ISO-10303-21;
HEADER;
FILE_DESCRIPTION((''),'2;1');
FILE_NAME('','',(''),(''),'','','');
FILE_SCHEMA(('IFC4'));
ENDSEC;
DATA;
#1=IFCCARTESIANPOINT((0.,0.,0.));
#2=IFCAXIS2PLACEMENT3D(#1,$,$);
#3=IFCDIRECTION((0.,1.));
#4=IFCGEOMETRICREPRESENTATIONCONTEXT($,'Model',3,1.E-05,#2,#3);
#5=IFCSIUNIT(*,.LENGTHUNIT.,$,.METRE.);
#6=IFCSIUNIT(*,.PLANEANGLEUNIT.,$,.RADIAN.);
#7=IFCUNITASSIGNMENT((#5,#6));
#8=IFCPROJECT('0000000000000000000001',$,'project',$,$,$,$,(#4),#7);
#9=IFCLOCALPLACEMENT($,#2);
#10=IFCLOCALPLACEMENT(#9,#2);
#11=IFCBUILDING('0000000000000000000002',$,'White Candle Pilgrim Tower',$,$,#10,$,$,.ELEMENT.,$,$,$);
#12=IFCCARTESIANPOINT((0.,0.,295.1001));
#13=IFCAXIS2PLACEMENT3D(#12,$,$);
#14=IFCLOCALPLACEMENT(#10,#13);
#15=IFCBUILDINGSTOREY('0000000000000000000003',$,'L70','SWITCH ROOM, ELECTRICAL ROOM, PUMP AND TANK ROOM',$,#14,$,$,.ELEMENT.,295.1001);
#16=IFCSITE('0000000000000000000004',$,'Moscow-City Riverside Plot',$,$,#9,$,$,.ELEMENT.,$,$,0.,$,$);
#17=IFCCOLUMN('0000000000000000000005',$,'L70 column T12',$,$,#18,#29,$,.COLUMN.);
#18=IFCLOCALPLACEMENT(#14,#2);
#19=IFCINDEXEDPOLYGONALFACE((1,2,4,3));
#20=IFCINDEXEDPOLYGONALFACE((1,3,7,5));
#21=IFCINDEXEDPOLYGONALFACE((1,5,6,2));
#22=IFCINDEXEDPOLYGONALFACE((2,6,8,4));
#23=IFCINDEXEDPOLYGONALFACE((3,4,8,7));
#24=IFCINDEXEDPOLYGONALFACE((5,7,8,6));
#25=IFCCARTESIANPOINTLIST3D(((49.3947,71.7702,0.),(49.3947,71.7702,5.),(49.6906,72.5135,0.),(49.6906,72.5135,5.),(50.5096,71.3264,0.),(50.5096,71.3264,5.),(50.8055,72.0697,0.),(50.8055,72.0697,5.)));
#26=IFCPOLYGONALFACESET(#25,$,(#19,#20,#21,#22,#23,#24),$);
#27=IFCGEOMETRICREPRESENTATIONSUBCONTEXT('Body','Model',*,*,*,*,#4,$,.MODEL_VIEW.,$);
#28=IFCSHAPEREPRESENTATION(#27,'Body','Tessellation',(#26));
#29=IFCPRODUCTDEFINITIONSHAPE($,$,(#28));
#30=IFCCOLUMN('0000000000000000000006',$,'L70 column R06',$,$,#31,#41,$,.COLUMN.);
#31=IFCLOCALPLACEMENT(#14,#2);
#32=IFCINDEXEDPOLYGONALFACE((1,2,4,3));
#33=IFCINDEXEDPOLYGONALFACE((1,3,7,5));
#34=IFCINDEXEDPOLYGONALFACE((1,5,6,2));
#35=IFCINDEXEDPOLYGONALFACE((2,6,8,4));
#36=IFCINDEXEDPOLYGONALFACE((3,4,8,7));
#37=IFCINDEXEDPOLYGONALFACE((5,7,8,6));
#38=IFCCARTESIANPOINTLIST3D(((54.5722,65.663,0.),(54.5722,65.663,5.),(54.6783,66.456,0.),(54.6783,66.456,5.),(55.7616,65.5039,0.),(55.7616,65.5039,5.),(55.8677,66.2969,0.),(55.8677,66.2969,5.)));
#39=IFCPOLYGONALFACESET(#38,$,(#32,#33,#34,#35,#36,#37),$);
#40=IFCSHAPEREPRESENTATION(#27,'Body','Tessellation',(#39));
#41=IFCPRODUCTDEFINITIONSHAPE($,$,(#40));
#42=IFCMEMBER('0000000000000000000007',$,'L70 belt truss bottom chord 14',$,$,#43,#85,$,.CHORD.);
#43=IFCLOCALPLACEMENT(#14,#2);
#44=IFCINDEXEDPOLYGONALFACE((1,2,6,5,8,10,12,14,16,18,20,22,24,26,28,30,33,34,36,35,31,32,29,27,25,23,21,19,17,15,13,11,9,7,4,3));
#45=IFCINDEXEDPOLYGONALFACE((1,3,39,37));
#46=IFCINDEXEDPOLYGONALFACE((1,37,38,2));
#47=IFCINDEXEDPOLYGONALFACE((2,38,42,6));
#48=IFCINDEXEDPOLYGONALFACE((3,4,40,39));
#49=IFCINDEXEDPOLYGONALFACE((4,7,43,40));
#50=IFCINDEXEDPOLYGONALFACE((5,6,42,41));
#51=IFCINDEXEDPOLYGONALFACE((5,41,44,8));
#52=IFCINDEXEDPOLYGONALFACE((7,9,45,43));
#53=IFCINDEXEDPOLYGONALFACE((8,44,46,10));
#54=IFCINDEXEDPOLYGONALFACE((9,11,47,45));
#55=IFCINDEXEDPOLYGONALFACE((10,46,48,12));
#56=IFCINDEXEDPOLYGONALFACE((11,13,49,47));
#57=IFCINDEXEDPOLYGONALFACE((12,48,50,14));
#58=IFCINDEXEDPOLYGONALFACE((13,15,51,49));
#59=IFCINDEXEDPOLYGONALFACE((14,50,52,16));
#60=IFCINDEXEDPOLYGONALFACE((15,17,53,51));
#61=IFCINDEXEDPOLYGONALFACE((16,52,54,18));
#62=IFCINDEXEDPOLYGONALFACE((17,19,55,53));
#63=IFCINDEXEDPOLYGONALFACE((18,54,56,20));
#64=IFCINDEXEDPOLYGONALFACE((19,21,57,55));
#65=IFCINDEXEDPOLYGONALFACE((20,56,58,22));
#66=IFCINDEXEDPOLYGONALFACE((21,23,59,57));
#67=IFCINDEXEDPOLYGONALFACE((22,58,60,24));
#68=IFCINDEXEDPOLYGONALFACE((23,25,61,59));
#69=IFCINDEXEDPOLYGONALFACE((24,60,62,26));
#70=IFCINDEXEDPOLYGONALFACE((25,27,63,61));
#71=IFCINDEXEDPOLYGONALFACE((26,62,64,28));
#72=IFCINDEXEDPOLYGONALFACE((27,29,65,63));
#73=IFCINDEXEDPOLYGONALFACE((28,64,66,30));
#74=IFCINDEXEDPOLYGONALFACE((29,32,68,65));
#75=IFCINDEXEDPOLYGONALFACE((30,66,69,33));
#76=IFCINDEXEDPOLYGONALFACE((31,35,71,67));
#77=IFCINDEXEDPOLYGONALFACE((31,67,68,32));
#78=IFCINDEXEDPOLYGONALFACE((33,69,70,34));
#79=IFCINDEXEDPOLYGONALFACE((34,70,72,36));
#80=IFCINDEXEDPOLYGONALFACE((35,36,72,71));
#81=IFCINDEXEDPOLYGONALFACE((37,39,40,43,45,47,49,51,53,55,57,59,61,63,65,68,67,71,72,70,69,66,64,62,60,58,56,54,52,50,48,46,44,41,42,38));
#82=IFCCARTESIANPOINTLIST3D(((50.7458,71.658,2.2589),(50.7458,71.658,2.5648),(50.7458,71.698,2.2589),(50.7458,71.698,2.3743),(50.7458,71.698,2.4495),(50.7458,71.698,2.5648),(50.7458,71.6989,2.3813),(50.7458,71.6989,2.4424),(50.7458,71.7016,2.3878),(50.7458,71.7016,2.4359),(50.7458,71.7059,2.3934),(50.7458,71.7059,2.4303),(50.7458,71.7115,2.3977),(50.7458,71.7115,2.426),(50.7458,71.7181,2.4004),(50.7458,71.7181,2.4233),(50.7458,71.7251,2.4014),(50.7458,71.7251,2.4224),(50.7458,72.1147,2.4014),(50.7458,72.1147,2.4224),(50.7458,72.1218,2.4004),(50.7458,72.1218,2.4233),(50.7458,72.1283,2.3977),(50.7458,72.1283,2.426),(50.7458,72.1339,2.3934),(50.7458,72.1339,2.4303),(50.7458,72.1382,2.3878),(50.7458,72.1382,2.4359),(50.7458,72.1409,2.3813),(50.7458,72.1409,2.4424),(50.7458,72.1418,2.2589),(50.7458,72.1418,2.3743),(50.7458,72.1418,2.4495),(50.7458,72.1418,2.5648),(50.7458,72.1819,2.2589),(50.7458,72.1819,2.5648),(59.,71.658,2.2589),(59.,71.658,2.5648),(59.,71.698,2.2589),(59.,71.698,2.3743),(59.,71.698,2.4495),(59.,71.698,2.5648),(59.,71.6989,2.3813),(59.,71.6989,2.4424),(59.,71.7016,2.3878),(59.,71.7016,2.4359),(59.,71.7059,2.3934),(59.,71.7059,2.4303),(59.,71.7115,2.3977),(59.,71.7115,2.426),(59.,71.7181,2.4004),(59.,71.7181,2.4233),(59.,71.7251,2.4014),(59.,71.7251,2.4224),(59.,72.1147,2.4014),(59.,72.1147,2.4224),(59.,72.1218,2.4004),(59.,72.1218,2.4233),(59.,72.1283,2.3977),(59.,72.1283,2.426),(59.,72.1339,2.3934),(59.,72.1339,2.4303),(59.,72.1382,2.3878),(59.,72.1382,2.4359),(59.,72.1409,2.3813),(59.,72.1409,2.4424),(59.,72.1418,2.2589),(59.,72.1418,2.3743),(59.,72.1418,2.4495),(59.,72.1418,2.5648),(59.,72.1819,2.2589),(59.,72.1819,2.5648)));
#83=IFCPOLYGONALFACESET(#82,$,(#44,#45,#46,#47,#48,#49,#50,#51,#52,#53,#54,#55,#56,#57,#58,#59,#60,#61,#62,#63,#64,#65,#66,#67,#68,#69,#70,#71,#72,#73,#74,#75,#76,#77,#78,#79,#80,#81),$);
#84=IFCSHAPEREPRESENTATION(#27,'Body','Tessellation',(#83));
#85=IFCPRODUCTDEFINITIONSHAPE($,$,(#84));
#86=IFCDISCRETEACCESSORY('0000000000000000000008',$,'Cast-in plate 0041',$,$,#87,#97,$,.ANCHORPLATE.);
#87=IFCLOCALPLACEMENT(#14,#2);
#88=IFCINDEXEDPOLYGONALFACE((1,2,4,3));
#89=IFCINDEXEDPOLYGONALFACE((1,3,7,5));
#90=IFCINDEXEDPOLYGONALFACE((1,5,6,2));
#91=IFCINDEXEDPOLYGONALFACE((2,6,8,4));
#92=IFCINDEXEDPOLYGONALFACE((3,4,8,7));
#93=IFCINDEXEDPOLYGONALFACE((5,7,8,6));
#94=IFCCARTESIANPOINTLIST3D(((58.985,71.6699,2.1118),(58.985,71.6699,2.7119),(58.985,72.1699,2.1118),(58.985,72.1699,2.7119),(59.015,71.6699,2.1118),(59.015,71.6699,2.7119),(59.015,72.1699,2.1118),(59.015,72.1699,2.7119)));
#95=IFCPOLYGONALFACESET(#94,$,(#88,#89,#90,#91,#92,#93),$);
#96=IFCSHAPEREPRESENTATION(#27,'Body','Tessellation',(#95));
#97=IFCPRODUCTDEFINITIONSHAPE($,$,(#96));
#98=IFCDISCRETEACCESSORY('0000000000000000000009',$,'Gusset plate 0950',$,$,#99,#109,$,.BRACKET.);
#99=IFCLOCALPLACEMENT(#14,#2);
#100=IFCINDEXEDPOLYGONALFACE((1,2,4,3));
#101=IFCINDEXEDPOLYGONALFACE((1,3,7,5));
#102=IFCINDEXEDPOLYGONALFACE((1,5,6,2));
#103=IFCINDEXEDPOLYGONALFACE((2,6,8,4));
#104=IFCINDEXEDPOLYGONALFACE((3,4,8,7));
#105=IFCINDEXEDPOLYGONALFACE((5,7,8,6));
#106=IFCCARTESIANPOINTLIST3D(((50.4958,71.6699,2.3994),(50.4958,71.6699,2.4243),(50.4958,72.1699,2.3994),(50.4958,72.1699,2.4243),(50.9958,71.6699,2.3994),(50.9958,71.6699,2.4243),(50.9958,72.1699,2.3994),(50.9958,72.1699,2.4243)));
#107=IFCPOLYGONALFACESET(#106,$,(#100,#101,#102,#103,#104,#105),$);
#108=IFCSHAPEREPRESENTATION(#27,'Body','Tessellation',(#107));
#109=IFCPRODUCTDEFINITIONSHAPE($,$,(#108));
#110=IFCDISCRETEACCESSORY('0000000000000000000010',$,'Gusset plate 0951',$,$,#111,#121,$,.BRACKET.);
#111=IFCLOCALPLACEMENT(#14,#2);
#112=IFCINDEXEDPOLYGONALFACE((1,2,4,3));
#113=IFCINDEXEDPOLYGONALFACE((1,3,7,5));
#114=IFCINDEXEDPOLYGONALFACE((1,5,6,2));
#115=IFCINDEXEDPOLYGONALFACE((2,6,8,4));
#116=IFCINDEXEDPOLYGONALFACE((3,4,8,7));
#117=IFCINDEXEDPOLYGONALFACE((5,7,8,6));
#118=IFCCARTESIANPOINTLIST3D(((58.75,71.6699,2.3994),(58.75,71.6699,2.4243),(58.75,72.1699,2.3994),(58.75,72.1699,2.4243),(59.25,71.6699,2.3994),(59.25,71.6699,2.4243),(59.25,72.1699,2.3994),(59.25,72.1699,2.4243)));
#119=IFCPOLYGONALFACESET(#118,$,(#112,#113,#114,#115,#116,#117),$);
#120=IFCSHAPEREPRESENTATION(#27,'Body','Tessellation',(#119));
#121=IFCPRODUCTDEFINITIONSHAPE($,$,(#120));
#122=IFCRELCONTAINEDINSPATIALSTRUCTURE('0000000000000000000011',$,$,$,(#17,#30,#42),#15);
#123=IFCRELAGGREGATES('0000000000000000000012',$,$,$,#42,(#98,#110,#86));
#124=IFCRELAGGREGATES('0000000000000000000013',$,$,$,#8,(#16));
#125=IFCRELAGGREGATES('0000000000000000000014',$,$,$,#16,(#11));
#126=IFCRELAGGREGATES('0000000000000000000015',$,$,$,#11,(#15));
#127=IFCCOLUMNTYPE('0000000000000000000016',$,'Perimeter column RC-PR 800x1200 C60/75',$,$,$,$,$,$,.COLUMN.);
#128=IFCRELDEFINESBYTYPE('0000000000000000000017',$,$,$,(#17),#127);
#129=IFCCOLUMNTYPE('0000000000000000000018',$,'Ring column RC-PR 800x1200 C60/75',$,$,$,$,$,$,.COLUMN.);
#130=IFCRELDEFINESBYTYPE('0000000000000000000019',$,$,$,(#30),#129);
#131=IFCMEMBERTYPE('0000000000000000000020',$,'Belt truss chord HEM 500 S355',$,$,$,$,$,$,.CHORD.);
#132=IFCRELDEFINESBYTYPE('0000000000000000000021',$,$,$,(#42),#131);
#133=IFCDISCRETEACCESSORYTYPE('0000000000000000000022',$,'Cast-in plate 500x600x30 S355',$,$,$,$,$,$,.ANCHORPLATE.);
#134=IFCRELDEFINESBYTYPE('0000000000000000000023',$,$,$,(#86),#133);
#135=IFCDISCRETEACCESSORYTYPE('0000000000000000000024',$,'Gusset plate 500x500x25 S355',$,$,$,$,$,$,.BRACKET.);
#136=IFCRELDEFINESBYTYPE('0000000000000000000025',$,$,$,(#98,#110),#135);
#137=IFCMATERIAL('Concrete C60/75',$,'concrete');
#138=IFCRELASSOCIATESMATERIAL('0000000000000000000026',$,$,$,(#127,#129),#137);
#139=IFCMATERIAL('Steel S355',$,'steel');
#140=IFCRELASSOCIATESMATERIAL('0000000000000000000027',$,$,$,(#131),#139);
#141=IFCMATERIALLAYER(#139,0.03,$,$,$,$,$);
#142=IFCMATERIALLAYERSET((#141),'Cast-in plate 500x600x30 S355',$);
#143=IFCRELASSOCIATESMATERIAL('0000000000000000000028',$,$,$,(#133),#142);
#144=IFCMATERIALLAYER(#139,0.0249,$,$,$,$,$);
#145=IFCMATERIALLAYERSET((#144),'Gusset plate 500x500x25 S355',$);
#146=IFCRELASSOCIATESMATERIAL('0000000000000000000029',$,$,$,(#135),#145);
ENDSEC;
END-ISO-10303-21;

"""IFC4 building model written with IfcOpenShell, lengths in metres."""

from ifc_helpers import new_model, si_unit, direction, frame, origin, origin_2d, place, context, subcontext, project, spatial, rectangle, i_section, extrude, material, layer, layer_set, material_profile, profile_set, type_object, element, aggregate, save


model = new_model("IFC4")

# Units and contexts
model_context = context("Model", 3, precision=1e-05, world=origin(), true_north=direction((0.0, 1.0)))
body_context = subcontext(model_context, "Body", "Model", "MODEL_VIEW")
ifc_project = project(units=[si_unit("LENGTHUNIT", "METRE"), si_unit("PLANEANGLEUNIT", "RADIAN")], contexts=[model_context])

# Site, building, storey
site_placement = place(None, origin())
site = spatial("IfcSite", under=ifc_project, at=site_placement, Name="Moscow-City Riverside Plot", CompositionType="ELEMENT", RefElevation=0.0)
building_placement = place(site_placement, origin())
building = spatial("IfcBuilding", under=site, at=building_placement, Name="White Candle Pilgrim Tower", CompositionType="ELEMENT")
storey_placement = place(building_placement, frame((0.0, 0.0, 295.1001)))
storey = spatial("IfcBuildingStorey", under=building, at=storey_placement, Name="L70", Description="SWITCH ROOM, ELECTRICAL ROOM, PUMP AND TANK ROOM", CompositionType="ELEMENT", Elevation=295.1001)

# Columns
ifc_material_1 = material(Name="Concrete C60/75", Category="concrete")
ifc_material_profile_1 = material_profile(ifc_material_1, rectangle(XDim=0.8, YDim=1.2, at=origin_2d()), Name="RC-PR 800x1200")
ifc_profile_set_1 = profile_set([ifc_material_profile_1], Name="Concrete C60/75")
column_type_1 = type_object("IfcColumnType", Name="Perimeter column RC-PR 800x1200 C60/75", PredefinedType="COLUMN", material=ifc_profile_set_1)
column_1_placement = place(storey_placement, frame((50.1001, 71.9199, 0.0), z_axis=(0.0, 0.0, 1.0), x_axis=(0.36986, 0.929087, 0.0)))
element("IfcColumn", 1, at=column_1_placement, inside=storey, type_object=column_type_1, Name="L70 column T12", PredefinedType="COLUMN", context=body_context, shape_type="SweptSolid", body=[
    extrude(rectangle(XDim=0.8, YDim=1.2, at=origin_2d()), origin(), (0.0, 0.0, 1.0), 5.0),
])
ifc_material_profile_2 = material_profile(ifc_material_1, rectangle(XDim=0.8, YDim=1.2, at=origin_2d()), Name="RC-PR 800x1200")
ifc_profile_set_2 = profile_set([ifc_material_profile_2], Name="Concrete C60/75")
column_type_2 = type_object("IfcColumnType", Name="Ring column RC-PR 800x1200 C60/75", PredefinedType="COLUMN", material=ifc_profile_set_2)
column_2_placement = place(storey_placement, frame((55.22, 65.98, 0.0), z_axis=(0.0, 0.0, 1.0), x_axis=(0.132602, 0.991169, 0.0)))
element("IfcColumn", 2, at=column_2_placement, inside=storey, type_object=column_type_2, Name="L70 column R06", PredefinedType="COLUMN", context=body_context, shape_type="SweptSolid", body=[
    extrude(rectangle(XDim=0.8, YDim=1.2, at=origin_2d()), origin(), (0.0, 0.0, 1.0), 5.0),
])

# Member
ifc_material_2 = material(Name="Steel S355", Category="steel")
ifc_material_profile_3 = material_profile(ifc_material_2, i_section(OverallWidth=0.3059, OverallDepth=0.5239, WebThickness=0.021, FlangeThickness=0.04, FilletRadius=0.0271, at=origin_2d()), Name="HEM 500")
ifc_profile_set_3 = profile_set([ifc_material_profile_3], Name="Steel S355")
member_type_1 = type_object("IfcMemberType", Name="Belt truss chord HEM 500 S355", PredefinedType="CHORD", material=ifc_profile_set_3)
member_1_placement = place(storey_placement, frame((50.7458, 71.9199, 2.4119), z_axis=(1.0, 0.0, 0.0), x_axis=(0.0, 0.0, 1.0)))
member_1 = element("IfcMember", 3, at=member_1_placement, inside=storey, type_object=member_type_1, Name="L70 belt truss bottom chord 14", PredefinedType="CHORD", context=body_context, shape_type="SweptSolid", body=[
    extrude(i_section(OverallWidth=0.3059, OverallDepth=0.5239, WebThickness=0.021, FlangeThickness=0.04, FilletRadius=0.0271, at=origin_2d()), origin(), (0.0, 0.0, 1.0), 8.2542),
])

# Discrete accessories
ifc_layer_1 = layer(ifc_material_2, 0.03)
ifc_layer_set_1 = layer_set([ifc_layer_1], Name="Cast-in plate 500x600x30 S355")
discrete_accessory_type_1 = type_object("IfcDiscreteAccessoryType", Name="Cast-in plate 500x600x30 S355", PredefinedType="ANCHORPLATE", material=ifc_layer_set_1)
discrete_accessory_1_placement = place(storey_placement, frame((59.0, 71.9199, 2.1118), z_axis=(0.0, 0.0, 1.0), x_axis=(-1.0, 0.0, 0.0)))
discrete_accessory_1 = element("IfcDiscreteAccessory", 4, at=discrete_accessory_1_placement, type_object=discrete_accessory_type_1, Name="Cast-in plate 0041", PredefinedType="ANCHORPLATE", context=body_context, shape_type="SweptSolid", body=[
    extrude(rectangle(XDim=0.03, YDim=0.5, at=origin_2d()), origin(), (0.0, 0.0, 1.0), 0.6001),
])
ifc_layer_2 = layer(ifc_material_2, 0.0249)
ifc_layer_set_2 = layer_set([ifc_layer_2], Name="Gusset plate 500x500x25 S355")
discrete_accessory_type_2 = type_object("IfcDiscreteAccessoryType", Name="Gusset plate 500x500x25 S355", PredefinedType="BRACKET", material=ifc_layer_set_2)
discrete_accessory_2_placement = place(storey_placement, frame((50.7458, 71.9199, 2.3994), z_axis=(0.0, 0.0, 1.0), x_axis=(1.0, 0.0, 0.0)))
discrete_accessory_2 = element("IfcDiscreteAccessory", 5, at=discrete_accessory_2_placement, type_object=discrete_accessory_type_2, Name="Gusset plate 0950", PredefinedType="BRACKET", context=body_context, shape_type="SweptSolid", body=[
    extrude(rectangle(XDim=0.5, YDim=0.5, at=origin_2d()), origin(), (0.0, 0.0, 1.0), 0.0249),
])
discrete_accessory_3_placement = place(storey_placement, frame((59.0, 71.9199, 2.3994), z_axis=(0.0, 0.0, 1.0), x_axis=(1.0, 0.0, 0.0)))
discrete_accessory_3 = element("IfcDiscreteAccessory", 6, at=discrete_accessory_3_placement, type_object=discrete_accessory_type_2, Name="Gusset plate 0951", PredefinedType="BRACKET", context=body_context, shape_type="SweptSolid", body=[
    extrude(rectangle(XDim=0.5, YDim=0.5, at=origin_2d()), origin(), (0.0, 0.0, 1.0), 0.0249),
])
aggregate(member_1, [discrete_accessory_2, discrete_accessory_3, discrete_accessory_1])

save(model, "model.ifc")
